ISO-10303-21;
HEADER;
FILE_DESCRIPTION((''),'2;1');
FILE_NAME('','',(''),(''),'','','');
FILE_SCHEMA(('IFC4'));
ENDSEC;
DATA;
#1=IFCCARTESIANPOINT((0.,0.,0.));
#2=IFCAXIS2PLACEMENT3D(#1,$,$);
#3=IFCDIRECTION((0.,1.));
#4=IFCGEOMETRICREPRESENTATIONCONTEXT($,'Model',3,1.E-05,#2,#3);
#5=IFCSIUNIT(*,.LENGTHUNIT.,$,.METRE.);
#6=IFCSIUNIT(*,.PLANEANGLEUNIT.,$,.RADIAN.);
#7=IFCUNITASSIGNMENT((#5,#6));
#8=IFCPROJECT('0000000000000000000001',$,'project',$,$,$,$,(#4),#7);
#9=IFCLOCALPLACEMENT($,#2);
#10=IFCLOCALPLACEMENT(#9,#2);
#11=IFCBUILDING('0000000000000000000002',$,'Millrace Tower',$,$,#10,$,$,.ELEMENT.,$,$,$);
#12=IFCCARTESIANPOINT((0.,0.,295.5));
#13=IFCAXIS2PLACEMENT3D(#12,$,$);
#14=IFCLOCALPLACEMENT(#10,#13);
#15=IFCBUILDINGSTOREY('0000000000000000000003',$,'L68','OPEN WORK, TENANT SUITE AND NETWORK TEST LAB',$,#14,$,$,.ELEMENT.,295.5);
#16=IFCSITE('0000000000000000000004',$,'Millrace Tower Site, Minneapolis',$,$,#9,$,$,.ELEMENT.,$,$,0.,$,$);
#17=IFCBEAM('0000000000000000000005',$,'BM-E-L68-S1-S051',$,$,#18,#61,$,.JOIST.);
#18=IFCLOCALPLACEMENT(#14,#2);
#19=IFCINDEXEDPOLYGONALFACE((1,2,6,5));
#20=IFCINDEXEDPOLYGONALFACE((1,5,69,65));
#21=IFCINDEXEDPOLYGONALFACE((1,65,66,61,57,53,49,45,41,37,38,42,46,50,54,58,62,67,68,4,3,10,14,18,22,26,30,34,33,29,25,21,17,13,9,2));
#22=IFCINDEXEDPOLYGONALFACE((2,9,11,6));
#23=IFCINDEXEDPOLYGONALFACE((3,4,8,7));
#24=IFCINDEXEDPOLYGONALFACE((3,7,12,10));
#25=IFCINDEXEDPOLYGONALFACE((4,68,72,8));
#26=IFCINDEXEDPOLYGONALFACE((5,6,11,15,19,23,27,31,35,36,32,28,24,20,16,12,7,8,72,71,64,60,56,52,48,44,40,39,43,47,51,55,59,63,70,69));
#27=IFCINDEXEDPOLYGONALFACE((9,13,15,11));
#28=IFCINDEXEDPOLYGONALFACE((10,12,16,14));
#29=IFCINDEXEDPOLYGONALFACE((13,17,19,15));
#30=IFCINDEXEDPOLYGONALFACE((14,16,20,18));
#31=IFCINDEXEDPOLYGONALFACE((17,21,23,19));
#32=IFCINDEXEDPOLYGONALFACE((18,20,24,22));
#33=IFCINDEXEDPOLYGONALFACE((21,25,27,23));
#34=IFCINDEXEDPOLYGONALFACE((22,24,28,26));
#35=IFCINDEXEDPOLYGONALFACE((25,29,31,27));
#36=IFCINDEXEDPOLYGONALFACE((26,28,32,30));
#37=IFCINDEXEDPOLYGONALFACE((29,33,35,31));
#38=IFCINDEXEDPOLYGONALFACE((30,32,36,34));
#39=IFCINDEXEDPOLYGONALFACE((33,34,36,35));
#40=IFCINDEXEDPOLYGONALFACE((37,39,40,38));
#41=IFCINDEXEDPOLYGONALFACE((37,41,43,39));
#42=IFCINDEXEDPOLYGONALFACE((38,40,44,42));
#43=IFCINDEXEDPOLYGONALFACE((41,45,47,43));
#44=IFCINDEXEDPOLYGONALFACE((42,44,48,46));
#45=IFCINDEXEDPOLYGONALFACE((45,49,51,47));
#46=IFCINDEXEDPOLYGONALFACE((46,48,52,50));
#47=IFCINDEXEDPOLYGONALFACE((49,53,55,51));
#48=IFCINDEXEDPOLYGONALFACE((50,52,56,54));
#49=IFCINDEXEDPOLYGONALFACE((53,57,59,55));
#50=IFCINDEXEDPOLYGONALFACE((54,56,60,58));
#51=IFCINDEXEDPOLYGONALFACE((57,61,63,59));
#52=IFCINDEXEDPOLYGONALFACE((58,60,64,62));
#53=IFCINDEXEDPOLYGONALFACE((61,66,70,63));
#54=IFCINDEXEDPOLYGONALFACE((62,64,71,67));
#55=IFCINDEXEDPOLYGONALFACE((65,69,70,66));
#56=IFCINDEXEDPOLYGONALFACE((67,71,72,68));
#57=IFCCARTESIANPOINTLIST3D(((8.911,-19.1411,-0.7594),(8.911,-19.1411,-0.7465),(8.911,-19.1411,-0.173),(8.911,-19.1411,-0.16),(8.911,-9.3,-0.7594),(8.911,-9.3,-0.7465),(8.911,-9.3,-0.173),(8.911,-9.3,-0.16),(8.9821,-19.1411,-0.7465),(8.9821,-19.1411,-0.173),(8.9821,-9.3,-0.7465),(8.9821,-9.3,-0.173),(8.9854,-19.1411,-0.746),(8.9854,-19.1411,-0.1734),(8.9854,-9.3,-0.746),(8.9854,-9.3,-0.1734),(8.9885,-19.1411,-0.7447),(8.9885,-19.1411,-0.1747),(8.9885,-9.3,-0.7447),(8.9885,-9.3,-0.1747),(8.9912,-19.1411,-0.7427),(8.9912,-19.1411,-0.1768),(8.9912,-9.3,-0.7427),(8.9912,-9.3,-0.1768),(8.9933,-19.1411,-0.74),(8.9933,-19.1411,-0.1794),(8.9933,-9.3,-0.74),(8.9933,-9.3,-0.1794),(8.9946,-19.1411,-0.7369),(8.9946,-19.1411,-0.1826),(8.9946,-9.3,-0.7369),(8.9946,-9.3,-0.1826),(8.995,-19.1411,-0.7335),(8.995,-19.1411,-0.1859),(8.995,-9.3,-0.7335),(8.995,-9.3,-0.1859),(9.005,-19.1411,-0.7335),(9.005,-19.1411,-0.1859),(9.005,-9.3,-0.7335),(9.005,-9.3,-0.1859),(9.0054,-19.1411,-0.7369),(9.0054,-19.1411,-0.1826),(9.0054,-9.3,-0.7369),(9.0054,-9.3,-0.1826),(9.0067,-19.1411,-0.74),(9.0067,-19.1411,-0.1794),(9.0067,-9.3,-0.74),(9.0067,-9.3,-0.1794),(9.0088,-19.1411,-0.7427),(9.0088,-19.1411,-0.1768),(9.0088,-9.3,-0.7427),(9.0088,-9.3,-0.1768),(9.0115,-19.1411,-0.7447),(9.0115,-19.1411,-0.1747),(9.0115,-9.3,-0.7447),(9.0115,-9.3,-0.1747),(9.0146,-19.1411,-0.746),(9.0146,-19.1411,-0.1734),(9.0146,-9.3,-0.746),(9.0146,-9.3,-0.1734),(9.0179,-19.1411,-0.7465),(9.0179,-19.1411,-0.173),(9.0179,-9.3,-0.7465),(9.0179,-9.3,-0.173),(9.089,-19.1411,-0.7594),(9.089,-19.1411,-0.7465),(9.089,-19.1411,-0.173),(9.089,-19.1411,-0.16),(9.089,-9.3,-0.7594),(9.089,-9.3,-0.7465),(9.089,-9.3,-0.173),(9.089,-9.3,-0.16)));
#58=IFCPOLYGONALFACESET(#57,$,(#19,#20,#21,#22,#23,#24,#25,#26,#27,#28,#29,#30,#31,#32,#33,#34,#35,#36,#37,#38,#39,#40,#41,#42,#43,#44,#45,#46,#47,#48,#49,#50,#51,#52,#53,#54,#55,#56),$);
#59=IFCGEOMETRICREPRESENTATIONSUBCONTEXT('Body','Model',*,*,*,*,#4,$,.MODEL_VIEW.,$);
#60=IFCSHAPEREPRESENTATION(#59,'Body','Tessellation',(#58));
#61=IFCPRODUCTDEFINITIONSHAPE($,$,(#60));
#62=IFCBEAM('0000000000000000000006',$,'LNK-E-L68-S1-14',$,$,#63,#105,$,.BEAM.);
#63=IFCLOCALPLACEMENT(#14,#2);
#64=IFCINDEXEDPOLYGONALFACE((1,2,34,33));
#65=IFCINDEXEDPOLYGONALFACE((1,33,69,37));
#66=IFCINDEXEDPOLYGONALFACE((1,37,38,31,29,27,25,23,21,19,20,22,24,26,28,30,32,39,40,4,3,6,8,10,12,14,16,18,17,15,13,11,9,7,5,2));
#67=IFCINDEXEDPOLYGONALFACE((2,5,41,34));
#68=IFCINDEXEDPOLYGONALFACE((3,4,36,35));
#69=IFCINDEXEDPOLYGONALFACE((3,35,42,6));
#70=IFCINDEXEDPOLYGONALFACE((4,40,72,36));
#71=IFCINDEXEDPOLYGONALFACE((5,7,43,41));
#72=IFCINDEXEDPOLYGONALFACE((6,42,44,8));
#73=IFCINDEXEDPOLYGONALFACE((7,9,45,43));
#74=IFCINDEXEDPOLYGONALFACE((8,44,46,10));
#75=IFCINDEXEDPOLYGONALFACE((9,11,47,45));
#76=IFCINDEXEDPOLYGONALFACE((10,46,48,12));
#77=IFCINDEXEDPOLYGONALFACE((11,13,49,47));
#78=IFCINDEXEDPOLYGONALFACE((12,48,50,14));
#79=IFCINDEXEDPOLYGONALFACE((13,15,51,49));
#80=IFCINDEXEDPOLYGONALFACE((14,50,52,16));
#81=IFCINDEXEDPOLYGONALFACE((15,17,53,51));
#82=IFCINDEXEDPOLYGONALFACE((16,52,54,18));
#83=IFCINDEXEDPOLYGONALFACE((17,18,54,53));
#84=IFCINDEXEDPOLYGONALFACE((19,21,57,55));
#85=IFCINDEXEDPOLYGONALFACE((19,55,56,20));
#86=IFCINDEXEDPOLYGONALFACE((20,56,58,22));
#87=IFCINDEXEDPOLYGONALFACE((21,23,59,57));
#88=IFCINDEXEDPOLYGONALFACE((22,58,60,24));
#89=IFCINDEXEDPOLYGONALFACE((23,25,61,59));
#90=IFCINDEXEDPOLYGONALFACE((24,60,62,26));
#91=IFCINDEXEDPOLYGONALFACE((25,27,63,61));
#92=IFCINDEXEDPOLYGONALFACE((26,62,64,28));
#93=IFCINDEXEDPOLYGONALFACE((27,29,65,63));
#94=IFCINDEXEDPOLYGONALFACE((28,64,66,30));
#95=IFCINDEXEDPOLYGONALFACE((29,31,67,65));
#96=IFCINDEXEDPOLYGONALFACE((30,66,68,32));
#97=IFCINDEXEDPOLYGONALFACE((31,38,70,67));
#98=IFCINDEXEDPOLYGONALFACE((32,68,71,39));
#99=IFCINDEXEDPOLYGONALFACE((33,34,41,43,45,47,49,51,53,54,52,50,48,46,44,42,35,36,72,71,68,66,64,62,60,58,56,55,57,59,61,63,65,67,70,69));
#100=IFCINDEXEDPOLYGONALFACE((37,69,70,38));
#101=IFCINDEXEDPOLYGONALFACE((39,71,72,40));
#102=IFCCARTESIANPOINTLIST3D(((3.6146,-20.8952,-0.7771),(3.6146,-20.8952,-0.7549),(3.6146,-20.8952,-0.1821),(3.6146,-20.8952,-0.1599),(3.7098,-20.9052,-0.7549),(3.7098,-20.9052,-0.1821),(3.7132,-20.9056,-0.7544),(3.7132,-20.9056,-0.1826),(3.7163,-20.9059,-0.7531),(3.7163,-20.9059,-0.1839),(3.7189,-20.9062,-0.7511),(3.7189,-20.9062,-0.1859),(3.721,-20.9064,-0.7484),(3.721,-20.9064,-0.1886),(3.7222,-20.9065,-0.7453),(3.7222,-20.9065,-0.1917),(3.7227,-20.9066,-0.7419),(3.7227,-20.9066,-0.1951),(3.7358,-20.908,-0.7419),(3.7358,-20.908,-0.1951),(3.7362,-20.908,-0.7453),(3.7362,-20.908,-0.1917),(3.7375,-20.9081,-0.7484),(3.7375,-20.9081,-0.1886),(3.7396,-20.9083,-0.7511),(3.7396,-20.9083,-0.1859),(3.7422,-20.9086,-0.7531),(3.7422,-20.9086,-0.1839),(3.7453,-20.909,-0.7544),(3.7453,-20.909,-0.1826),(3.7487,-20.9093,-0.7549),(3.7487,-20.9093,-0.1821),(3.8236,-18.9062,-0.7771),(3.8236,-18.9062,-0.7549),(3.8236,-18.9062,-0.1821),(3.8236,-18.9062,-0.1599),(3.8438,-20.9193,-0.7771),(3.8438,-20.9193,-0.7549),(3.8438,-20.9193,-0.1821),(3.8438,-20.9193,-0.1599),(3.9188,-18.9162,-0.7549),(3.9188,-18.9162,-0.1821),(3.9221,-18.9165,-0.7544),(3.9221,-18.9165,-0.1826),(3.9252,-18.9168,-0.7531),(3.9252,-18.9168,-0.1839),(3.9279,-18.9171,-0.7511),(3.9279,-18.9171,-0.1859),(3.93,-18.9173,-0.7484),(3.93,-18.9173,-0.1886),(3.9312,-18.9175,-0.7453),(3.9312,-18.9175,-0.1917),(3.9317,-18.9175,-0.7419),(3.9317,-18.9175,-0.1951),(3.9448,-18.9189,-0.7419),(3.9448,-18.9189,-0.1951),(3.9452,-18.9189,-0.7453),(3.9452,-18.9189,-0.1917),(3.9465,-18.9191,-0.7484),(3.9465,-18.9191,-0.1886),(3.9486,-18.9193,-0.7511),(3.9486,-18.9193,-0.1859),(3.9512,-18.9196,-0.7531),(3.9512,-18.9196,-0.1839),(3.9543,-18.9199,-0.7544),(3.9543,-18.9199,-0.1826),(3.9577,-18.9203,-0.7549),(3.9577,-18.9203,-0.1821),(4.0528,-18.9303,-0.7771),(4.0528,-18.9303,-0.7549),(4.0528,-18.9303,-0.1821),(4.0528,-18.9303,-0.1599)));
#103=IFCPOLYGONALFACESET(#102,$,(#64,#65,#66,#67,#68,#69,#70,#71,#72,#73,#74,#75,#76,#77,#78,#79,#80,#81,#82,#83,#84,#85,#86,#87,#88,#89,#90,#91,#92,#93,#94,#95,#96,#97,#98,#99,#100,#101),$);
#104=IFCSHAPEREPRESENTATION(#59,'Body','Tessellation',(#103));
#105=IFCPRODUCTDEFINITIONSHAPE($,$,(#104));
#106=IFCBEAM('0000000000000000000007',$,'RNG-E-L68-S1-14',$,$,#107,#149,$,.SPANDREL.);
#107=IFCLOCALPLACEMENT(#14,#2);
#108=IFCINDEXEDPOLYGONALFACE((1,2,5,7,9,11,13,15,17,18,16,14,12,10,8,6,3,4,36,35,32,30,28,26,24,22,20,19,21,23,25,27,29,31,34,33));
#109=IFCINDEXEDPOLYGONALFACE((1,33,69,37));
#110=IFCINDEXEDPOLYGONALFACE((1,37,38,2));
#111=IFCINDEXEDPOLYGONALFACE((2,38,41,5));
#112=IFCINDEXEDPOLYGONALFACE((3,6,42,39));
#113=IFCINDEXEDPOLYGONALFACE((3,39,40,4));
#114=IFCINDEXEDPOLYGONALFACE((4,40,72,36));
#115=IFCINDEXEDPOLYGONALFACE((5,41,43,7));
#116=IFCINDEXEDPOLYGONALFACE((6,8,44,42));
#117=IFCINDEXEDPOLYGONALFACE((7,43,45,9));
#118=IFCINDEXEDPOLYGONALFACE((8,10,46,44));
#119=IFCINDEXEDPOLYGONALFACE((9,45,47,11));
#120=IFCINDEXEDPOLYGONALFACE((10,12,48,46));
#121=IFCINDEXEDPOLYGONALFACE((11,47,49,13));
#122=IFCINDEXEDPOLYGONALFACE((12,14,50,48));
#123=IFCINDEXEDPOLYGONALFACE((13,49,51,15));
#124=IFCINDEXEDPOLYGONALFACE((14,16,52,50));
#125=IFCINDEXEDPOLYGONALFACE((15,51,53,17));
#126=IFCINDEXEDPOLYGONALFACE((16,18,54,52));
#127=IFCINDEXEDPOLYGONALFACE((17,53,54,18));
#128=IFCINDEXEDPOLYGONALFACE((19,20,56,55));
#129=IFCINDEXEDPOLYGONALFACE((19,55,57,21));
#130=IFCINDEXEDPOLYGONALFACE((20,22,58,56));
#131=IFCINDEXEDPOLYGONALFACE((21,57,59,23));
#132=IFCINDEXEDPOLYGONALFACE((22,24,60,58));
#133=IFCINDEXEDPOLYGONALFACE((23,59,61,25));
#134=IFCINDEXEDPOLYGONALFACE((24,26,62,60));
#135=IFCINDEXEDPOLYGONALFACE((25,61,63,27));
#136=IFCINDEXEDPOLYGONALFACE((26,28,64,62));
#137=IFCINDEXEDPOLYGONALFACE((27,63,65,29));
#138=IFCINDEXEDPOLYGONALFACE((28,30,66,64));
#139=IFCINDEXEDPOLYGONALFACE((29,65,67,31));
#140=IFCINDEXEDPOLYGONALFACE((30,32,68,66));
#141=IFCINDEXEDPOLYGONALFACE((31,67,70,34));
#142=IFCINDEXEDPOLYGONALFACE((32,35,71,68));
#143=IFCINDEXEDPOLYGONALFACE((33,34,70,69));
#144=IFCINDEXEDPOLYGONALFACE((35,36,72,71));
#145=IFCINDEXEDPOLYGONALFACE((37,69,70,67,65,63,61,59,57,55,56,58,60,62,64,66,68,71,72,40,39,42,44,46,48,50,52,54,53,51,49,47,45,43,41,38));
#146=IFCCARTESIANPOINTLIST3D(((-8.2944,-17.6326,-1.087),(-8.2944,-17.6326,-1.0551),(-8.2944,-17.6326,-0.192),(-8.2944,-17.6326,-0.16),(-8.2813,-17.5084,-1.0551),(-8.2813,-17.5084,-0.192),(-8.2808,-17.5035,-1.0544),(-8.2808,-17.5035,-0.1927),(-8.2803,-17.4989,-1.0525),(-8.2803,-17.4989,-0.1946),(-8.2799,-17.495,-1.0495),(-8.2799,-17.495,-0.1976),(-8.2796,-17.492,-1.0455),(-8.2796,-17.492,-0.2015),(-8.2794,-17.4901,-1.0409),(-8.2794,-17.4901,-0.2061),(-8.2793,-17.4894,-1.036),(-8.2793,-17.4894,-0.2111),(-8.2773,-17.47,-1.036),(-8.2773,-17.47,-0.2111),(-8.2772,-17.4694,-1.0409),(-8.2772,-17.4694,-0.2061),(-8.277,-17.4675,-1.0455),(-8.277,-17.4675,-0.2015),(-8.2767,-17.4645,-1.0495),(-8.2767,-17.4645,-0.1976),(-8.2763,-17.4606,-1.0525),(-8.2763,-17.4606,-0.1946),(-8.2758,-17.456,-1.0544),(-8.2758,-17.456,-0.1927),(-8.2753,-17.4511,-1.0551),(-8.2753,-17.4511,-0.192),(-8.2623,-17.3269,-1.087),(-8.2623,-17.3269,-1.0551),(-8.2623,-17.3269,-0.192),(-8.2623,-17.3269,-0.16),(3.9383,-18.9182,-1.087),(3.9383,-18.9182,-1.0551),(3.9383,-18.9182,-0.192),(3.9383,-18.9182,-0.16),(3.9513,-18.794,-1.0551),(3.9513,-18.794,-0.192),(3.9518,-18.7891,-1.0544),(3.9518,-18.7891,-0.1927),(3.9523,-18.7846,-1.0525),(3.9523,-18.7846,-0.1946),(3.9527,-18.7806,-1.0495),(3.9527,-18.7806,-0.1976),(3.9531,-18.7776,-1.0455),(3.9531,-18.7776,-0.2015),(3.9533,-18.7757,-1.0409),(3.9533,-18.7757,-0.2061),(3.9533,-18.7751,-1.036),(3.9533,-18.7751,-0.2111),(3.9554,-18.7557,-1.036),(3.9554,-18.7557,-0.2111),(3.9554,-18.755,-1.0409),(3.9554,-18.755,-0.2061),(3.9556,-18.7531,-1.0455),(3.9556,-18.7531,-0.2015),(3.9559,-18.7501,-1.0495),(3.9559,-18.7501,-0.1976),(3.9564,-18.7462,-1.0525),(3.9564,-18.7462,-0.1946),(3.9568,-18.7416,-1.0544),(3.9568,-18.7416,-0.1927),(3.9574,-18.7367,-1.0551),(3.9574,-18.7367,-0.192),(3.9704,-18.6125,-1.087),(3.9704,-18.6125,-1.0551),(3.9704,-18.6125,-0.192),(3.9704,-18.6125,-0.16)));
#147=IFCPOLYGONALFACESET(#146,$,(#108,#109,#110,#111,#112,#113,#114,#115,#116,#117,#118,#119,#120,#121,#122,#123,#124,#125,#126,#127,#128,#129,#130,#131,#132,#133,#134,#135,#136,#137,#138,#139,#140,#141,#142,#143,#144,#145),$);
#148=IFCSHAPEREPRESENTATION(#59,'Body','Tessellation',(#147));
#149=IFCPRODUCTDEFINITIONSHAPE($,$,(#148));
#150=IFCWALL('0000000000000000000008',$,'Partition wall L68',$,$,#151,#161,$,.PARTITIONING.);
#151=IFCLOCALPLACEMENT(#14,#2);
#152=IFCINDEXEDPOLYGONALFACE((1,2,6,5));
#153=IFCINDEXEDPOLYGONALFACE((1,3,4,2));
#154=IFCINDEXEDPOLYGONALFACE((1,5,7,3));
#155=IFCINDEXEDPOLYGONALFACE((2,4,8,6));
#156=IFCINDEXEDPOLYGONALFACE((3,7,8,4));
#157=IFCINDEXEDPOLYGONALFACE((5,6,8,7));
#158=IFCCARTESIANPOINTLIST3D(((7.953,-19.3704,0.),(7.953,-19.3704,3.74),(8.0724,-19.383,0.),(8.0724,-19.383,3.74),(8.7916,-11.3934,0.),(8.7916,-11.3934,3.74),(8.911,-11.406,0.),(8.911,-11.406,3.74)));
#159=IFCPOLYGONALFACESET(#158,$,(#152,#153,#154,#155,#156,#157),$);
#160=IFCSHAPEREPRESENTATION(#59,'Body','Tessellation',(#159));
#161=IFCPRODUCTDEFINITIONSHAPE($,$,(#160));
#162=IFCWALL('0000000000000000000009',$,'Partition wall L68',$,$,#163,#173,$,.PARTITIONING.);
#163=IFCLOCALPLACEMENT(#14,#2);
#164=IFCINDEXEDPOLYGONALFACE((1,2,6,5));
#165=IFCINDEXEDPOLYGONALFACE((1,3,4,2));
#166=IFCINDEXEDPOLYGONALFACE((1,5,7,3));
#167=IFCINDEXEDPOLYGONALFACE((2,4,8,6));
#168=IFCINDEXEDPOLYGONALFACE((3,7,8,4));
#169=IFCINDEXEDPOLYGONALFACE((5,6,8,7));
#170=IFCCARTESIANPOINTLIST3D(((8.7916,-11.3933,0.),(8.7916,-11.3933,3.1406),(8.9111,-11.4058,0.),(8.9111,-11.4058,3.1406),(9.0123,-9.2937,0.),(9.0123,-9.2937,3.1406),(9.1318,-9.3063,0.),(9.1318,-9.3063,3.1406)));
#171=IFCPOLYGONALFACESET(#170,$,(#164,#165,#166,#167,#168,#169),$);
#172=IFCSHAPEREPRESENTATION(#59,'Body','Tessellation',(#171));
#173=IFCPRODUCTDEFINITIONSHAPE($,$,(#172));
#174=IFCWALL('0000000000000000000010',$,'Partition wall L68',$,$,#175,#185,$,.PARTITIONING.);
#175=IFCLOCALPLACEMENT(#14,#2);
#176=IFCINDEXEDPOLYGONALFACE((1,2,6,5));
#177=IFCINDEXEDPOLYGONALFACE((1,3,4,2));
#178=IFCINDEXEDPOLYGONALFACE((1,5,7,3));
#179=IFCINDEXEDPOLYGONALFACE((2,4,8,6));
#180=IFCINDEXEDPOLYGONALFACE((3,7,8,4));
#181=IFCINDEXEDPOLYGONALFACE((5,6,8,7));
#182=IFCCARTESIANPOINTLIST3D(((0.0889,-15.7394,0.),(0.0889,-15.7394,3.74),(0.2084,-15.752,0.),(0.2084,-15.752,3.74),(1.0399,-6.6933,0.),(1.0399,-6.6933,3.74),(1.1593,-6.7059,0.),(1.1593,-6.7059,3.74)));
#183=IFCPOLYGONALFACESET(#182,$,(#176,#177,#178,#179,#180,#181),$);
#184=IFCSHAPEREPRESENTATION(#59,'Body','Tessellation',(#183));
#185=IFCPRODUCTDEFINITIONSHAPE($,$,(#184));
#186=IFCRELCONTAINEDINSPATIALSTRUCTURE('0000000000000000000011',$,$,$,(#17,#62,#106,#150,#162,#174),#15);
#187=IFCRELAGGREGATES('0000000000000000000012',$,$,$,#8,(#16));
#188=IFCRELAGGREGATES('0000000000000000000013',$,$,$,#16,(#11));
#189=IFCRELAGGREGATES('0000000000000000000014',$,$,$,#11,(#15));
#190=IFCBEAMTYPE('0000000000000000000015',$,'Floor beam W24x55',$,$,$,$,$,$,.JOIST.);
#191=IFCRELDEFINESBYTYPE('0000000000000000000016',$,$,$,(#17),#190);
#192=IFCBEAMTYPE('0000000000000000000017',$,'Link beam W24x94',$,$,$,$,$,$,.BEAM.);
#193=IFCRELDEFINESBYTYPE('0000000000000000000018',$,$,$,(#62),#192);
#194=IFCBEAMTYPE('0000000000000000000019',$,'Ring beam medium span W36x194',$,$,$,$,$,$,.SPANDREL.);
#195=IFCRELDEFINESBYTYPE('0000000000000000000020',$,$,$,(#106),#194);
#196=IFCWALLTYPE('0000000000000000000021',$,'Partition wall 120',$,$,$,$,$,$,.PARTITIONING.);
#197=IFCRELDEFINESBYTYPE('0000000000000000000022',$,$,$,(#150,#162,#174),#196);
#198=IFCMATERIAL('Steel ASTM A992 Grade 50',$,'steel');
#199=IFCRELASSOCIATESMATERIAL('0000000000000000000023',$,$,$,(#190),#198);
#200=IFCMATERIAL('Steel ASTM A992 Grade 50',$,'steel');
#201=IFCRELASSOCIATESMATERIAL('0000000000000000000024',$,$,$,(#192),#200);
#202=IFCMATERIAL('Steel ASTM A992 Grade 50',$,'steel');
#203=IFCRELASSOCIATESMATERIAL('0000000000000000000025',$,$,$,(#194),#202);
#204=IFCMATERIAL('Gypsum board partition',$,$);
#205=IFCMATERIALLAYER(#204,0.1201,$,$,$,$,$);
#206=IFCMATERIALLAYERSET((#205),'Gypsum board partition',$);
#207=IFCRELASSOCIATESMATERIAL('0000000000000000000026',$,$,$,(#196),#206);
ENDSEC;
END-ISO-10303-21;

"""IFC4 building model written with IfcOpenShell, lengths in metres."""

from ifc_helpers import new_model, si_unit, direction, frame, frame_2d, origin, origin_2d, place, context, subcontext, project, spatial, rectangle, i_section, extrude, material, layer, layer_set, material_profile, profile_set, type_object, element, save


model = new_model("IFC4")

# Units and contexts
model_context = context("Model", 3, precision=1e-05, world=origin(), true_north=direction((0.0, 1.0)))
body_context = subcontext(model_context, "Body", "Model", "MODEL_VIEW")
ifc_project = project(units=[si_unit("LENGTHUNIT", "METRE"), si_unit("PLANEANGLEUNIT", "RADIAN")], contexts=[model_context])

# Site, building, storey
site_placement = place(None, origin())
site = spatial("IfcSite", under=ifc_project, at=site_placement, Name="Millrace Tower Site, Minneapolis", CompositionType="ELEMENT", RefElevation=0.0)
building_placement = place(site_placement, origin())
building = spatial("IfcBuilding", under=site, at=building_placement, Name="Millrace Tower", CompositionType="ELEMENT")
storey_placement = place(building_placement, frame((0.0, 0.0, 295.5)))
storey = spatial("IfcBuildingStorey", under=building, at=storey_placement, Name="L68", Description="OPEN WORK, TENANT SUITE AND NETWORK TEST LAB", CompositionType="ELEMENT", Elevation=295.5)

# Beams
ifc_material_1 = material(Name="Steel ASTM A992 Grade 50", Category="steel")
ifc_material_profile_1 = material_profile(ifc_material_1, i_section(OverallWidth=0.178, OverallDepth=0.5994, WebThickness=0.01, FlangeThickness=0.0129, FilletRadius=0.0129, at=origin_2d()))
ifc_profile_set_1 = profile_set([ifc_material_profile_1], Name="Steel ASTM A992 Grade 50")
beam_type_1 = type_object("IfcBeamType", Name="Floor beam W24x55", PredefinedType="JOIST", material=ifc_profile_set_1)
beam_1_placement = place(storey_placement, frame((9.0, -19.1411, -0.4597), z_axis=(0.0, 1.0, 0.0), x_axis=(-1.0, 0.0, 0.0)))
element("IfcBeam", 1, at=beam_1_placement, inside=storey, type_object=beam_type_1, Name="BM-E-L68-S1-S051", PredefinedType="JOIST", context=body_context, shape_type="SweptSolid", body=[
    extrude(i_section(OverallWidth=0.178, OverallDepth=0.5994, WebThickness=0.01, FlangeThickness=0.0129, FilletRadius=0.0129, at=origin_2d()), origin(), (0.0, 0.0, 1.0), 9.8411),
])
ifc_material_2 = material(Name="Steel ASTM A992 Grade 50", Category="steel")
ifc_material_profile_2 = material_profile(ifc_material_2, i_section(OverallWidth=0.2305, OverallDepth=0.6172, WebThickness=0.0132, FlangeThickness=0.0222, FilletRadius=0.0129, at=origin_2d()))
ifc_profile_set_2 = profile_set([ifc_material_profile_2], Name="Steel ASTM A992 Grade 50")
beam_type_2 = type_object("IfcBeamType", Name="Link beam W24x94", PredefinedType="BEAM", material=ifc_profile_set_2)
beam_2_placement = place(storey_placement, frame((3.9382, -18.9182, -0.4685), z_axis=(-0.104494, -0.994526, 0.0), x_axis=(0.994526, -0.104494, 0.0)))
element("IfcBeam", 2, at=beam_2_placement, inside=storey, type_object=beam_type_2, Name="LNK-E-L68-S1-14", PredefinedType="BEAM", context=body_context, shape_type="SweptSolid", body=[
    extrude(i_section(OverallWidth=0.2305, OverallDepth=0.6172, WebThickness=0.0132, FlangeThickness=0.0222, FilletRadius=0.0129, at=origin_2d()), origin(), (0.0, 0.0, 1.0), 2.0),
])
ifc_material_3 = material(Name="Steel ASTM A992 Grade 50", Category="steel")
ifc_material_profile_3 = material_profile(ifc_material_3, i_section(OverallWidth=0.3074, OverallDepth=0.927, WebThickness=0.0195, FlangeThickness=0.032, FilletRadius=0.019, at=origin_2d()))
ifc_profile_set_3 = profile_set([ifc_material_profile_3], Name="Steel ASTM A992 Grade 50")
beam_type_3 = type_object("IfcBeamType", Name="Ring beam medium span W36x194", PredefinedType="SPANDREL", material=ifc_profile_set_3)
beam_3_placement = place(storey_placement, frame((3.9543, -18.7654, -0.6235), z_axis=(-0.994522, 0.104524, 0.0), x_axis=(-0.104524, -0.994522, 0.0)))
element("IfcBeam", 3, at=beam_3_placement, inside=storey, type_object=beam_type_3, Name="RNG-E-L68-S1-14", PredefinedType="SPANDREL", context=body_context, shape_type="SweptSolid", body=[
    extrude(i_section(OverallWidth=0.3074, OverallDepth=0.927, WebThickness=0.0195, FlangeThickness=0.032, FilletRadius=0.019, at=origin_2d()), origin(), (0.0, 0.0, 1.0), 12.3),
])

# Walls
ifc_material_4 = material(Name="Gypsum board partition")
ifc_layer_1 = layer(ifc_material_4, 0.1201)
ifc_layer_set_1 = layer_set([ifc_layer_1], Name="Gypsum board partition")
wall_type_1 = type_object("IfcWallType", Name="Partition wall 120", PredefinedType="PARTITIONING", material=ifc_layer_set_1)
wall_1_placement = place(storey_placement, frame((8.0127, -19.3767, 0.0), z_axis=(0.0, 0.0, 1.0), x_axis=(0.104553, 0.994519, 0.0)))
element("IfcWall", 4, at=wall_1_placement, inside=storey, type_object=wall_type_1, Name="Partition wall L68", PredefinedType="PARTITIONING", context=body_context, shape_type="SweptSolid", body=[
    extrude(rectangle(XDim=8.021, YDim=0.1201, at=frame_2d((4.0105, 0.0))), origin(), (0.0, 0.0, 1.0), 3.74),
])
wall_2_placement = place(storey_placement, frame((8.8513, -11.3997, 0.0), z_axis=(0.0, 0.0, 1.0), x_axis=(0.10454, 0.994521, 0.0)))
element("IfcWall", 5, at=wall_2_placement, inside=storey, type_object=wall_type_1, Name="Partition wall L68", PredefinedType="PARTITIONING", context=body_context, shape_type="SweptSolid", body=[
    extrude(rectangle(XDim=2.1111, YDim=0.1201, at=frame_2d((1.0557, 0.0))), origin(), (0.0, 0.0, 1.0), 3.1406),
])
wall_3_placement = place(storey_placement, frame((0.1487, -15.7456, 0.0), z_axis=(0.0, 0.0, 1.0), x_axis=(0.104544, 0.99452, 0.0)))
element("IfcWall", 6, at=wall_3_placement, inside=storey, type_object=wall_type_1, Name="Partition wall L68", PredefinedType="PARTITIONING", context=body_context, shape_type="SweptSolid", body=[
    extrude(rectangle(XDim=9.0959, YDim=0.1201, at=frame_2d((4.5479, 0.0))), origin(), (0.0, 0.0, 1.0), 3.74),
])

save(model, "model.ifc")
